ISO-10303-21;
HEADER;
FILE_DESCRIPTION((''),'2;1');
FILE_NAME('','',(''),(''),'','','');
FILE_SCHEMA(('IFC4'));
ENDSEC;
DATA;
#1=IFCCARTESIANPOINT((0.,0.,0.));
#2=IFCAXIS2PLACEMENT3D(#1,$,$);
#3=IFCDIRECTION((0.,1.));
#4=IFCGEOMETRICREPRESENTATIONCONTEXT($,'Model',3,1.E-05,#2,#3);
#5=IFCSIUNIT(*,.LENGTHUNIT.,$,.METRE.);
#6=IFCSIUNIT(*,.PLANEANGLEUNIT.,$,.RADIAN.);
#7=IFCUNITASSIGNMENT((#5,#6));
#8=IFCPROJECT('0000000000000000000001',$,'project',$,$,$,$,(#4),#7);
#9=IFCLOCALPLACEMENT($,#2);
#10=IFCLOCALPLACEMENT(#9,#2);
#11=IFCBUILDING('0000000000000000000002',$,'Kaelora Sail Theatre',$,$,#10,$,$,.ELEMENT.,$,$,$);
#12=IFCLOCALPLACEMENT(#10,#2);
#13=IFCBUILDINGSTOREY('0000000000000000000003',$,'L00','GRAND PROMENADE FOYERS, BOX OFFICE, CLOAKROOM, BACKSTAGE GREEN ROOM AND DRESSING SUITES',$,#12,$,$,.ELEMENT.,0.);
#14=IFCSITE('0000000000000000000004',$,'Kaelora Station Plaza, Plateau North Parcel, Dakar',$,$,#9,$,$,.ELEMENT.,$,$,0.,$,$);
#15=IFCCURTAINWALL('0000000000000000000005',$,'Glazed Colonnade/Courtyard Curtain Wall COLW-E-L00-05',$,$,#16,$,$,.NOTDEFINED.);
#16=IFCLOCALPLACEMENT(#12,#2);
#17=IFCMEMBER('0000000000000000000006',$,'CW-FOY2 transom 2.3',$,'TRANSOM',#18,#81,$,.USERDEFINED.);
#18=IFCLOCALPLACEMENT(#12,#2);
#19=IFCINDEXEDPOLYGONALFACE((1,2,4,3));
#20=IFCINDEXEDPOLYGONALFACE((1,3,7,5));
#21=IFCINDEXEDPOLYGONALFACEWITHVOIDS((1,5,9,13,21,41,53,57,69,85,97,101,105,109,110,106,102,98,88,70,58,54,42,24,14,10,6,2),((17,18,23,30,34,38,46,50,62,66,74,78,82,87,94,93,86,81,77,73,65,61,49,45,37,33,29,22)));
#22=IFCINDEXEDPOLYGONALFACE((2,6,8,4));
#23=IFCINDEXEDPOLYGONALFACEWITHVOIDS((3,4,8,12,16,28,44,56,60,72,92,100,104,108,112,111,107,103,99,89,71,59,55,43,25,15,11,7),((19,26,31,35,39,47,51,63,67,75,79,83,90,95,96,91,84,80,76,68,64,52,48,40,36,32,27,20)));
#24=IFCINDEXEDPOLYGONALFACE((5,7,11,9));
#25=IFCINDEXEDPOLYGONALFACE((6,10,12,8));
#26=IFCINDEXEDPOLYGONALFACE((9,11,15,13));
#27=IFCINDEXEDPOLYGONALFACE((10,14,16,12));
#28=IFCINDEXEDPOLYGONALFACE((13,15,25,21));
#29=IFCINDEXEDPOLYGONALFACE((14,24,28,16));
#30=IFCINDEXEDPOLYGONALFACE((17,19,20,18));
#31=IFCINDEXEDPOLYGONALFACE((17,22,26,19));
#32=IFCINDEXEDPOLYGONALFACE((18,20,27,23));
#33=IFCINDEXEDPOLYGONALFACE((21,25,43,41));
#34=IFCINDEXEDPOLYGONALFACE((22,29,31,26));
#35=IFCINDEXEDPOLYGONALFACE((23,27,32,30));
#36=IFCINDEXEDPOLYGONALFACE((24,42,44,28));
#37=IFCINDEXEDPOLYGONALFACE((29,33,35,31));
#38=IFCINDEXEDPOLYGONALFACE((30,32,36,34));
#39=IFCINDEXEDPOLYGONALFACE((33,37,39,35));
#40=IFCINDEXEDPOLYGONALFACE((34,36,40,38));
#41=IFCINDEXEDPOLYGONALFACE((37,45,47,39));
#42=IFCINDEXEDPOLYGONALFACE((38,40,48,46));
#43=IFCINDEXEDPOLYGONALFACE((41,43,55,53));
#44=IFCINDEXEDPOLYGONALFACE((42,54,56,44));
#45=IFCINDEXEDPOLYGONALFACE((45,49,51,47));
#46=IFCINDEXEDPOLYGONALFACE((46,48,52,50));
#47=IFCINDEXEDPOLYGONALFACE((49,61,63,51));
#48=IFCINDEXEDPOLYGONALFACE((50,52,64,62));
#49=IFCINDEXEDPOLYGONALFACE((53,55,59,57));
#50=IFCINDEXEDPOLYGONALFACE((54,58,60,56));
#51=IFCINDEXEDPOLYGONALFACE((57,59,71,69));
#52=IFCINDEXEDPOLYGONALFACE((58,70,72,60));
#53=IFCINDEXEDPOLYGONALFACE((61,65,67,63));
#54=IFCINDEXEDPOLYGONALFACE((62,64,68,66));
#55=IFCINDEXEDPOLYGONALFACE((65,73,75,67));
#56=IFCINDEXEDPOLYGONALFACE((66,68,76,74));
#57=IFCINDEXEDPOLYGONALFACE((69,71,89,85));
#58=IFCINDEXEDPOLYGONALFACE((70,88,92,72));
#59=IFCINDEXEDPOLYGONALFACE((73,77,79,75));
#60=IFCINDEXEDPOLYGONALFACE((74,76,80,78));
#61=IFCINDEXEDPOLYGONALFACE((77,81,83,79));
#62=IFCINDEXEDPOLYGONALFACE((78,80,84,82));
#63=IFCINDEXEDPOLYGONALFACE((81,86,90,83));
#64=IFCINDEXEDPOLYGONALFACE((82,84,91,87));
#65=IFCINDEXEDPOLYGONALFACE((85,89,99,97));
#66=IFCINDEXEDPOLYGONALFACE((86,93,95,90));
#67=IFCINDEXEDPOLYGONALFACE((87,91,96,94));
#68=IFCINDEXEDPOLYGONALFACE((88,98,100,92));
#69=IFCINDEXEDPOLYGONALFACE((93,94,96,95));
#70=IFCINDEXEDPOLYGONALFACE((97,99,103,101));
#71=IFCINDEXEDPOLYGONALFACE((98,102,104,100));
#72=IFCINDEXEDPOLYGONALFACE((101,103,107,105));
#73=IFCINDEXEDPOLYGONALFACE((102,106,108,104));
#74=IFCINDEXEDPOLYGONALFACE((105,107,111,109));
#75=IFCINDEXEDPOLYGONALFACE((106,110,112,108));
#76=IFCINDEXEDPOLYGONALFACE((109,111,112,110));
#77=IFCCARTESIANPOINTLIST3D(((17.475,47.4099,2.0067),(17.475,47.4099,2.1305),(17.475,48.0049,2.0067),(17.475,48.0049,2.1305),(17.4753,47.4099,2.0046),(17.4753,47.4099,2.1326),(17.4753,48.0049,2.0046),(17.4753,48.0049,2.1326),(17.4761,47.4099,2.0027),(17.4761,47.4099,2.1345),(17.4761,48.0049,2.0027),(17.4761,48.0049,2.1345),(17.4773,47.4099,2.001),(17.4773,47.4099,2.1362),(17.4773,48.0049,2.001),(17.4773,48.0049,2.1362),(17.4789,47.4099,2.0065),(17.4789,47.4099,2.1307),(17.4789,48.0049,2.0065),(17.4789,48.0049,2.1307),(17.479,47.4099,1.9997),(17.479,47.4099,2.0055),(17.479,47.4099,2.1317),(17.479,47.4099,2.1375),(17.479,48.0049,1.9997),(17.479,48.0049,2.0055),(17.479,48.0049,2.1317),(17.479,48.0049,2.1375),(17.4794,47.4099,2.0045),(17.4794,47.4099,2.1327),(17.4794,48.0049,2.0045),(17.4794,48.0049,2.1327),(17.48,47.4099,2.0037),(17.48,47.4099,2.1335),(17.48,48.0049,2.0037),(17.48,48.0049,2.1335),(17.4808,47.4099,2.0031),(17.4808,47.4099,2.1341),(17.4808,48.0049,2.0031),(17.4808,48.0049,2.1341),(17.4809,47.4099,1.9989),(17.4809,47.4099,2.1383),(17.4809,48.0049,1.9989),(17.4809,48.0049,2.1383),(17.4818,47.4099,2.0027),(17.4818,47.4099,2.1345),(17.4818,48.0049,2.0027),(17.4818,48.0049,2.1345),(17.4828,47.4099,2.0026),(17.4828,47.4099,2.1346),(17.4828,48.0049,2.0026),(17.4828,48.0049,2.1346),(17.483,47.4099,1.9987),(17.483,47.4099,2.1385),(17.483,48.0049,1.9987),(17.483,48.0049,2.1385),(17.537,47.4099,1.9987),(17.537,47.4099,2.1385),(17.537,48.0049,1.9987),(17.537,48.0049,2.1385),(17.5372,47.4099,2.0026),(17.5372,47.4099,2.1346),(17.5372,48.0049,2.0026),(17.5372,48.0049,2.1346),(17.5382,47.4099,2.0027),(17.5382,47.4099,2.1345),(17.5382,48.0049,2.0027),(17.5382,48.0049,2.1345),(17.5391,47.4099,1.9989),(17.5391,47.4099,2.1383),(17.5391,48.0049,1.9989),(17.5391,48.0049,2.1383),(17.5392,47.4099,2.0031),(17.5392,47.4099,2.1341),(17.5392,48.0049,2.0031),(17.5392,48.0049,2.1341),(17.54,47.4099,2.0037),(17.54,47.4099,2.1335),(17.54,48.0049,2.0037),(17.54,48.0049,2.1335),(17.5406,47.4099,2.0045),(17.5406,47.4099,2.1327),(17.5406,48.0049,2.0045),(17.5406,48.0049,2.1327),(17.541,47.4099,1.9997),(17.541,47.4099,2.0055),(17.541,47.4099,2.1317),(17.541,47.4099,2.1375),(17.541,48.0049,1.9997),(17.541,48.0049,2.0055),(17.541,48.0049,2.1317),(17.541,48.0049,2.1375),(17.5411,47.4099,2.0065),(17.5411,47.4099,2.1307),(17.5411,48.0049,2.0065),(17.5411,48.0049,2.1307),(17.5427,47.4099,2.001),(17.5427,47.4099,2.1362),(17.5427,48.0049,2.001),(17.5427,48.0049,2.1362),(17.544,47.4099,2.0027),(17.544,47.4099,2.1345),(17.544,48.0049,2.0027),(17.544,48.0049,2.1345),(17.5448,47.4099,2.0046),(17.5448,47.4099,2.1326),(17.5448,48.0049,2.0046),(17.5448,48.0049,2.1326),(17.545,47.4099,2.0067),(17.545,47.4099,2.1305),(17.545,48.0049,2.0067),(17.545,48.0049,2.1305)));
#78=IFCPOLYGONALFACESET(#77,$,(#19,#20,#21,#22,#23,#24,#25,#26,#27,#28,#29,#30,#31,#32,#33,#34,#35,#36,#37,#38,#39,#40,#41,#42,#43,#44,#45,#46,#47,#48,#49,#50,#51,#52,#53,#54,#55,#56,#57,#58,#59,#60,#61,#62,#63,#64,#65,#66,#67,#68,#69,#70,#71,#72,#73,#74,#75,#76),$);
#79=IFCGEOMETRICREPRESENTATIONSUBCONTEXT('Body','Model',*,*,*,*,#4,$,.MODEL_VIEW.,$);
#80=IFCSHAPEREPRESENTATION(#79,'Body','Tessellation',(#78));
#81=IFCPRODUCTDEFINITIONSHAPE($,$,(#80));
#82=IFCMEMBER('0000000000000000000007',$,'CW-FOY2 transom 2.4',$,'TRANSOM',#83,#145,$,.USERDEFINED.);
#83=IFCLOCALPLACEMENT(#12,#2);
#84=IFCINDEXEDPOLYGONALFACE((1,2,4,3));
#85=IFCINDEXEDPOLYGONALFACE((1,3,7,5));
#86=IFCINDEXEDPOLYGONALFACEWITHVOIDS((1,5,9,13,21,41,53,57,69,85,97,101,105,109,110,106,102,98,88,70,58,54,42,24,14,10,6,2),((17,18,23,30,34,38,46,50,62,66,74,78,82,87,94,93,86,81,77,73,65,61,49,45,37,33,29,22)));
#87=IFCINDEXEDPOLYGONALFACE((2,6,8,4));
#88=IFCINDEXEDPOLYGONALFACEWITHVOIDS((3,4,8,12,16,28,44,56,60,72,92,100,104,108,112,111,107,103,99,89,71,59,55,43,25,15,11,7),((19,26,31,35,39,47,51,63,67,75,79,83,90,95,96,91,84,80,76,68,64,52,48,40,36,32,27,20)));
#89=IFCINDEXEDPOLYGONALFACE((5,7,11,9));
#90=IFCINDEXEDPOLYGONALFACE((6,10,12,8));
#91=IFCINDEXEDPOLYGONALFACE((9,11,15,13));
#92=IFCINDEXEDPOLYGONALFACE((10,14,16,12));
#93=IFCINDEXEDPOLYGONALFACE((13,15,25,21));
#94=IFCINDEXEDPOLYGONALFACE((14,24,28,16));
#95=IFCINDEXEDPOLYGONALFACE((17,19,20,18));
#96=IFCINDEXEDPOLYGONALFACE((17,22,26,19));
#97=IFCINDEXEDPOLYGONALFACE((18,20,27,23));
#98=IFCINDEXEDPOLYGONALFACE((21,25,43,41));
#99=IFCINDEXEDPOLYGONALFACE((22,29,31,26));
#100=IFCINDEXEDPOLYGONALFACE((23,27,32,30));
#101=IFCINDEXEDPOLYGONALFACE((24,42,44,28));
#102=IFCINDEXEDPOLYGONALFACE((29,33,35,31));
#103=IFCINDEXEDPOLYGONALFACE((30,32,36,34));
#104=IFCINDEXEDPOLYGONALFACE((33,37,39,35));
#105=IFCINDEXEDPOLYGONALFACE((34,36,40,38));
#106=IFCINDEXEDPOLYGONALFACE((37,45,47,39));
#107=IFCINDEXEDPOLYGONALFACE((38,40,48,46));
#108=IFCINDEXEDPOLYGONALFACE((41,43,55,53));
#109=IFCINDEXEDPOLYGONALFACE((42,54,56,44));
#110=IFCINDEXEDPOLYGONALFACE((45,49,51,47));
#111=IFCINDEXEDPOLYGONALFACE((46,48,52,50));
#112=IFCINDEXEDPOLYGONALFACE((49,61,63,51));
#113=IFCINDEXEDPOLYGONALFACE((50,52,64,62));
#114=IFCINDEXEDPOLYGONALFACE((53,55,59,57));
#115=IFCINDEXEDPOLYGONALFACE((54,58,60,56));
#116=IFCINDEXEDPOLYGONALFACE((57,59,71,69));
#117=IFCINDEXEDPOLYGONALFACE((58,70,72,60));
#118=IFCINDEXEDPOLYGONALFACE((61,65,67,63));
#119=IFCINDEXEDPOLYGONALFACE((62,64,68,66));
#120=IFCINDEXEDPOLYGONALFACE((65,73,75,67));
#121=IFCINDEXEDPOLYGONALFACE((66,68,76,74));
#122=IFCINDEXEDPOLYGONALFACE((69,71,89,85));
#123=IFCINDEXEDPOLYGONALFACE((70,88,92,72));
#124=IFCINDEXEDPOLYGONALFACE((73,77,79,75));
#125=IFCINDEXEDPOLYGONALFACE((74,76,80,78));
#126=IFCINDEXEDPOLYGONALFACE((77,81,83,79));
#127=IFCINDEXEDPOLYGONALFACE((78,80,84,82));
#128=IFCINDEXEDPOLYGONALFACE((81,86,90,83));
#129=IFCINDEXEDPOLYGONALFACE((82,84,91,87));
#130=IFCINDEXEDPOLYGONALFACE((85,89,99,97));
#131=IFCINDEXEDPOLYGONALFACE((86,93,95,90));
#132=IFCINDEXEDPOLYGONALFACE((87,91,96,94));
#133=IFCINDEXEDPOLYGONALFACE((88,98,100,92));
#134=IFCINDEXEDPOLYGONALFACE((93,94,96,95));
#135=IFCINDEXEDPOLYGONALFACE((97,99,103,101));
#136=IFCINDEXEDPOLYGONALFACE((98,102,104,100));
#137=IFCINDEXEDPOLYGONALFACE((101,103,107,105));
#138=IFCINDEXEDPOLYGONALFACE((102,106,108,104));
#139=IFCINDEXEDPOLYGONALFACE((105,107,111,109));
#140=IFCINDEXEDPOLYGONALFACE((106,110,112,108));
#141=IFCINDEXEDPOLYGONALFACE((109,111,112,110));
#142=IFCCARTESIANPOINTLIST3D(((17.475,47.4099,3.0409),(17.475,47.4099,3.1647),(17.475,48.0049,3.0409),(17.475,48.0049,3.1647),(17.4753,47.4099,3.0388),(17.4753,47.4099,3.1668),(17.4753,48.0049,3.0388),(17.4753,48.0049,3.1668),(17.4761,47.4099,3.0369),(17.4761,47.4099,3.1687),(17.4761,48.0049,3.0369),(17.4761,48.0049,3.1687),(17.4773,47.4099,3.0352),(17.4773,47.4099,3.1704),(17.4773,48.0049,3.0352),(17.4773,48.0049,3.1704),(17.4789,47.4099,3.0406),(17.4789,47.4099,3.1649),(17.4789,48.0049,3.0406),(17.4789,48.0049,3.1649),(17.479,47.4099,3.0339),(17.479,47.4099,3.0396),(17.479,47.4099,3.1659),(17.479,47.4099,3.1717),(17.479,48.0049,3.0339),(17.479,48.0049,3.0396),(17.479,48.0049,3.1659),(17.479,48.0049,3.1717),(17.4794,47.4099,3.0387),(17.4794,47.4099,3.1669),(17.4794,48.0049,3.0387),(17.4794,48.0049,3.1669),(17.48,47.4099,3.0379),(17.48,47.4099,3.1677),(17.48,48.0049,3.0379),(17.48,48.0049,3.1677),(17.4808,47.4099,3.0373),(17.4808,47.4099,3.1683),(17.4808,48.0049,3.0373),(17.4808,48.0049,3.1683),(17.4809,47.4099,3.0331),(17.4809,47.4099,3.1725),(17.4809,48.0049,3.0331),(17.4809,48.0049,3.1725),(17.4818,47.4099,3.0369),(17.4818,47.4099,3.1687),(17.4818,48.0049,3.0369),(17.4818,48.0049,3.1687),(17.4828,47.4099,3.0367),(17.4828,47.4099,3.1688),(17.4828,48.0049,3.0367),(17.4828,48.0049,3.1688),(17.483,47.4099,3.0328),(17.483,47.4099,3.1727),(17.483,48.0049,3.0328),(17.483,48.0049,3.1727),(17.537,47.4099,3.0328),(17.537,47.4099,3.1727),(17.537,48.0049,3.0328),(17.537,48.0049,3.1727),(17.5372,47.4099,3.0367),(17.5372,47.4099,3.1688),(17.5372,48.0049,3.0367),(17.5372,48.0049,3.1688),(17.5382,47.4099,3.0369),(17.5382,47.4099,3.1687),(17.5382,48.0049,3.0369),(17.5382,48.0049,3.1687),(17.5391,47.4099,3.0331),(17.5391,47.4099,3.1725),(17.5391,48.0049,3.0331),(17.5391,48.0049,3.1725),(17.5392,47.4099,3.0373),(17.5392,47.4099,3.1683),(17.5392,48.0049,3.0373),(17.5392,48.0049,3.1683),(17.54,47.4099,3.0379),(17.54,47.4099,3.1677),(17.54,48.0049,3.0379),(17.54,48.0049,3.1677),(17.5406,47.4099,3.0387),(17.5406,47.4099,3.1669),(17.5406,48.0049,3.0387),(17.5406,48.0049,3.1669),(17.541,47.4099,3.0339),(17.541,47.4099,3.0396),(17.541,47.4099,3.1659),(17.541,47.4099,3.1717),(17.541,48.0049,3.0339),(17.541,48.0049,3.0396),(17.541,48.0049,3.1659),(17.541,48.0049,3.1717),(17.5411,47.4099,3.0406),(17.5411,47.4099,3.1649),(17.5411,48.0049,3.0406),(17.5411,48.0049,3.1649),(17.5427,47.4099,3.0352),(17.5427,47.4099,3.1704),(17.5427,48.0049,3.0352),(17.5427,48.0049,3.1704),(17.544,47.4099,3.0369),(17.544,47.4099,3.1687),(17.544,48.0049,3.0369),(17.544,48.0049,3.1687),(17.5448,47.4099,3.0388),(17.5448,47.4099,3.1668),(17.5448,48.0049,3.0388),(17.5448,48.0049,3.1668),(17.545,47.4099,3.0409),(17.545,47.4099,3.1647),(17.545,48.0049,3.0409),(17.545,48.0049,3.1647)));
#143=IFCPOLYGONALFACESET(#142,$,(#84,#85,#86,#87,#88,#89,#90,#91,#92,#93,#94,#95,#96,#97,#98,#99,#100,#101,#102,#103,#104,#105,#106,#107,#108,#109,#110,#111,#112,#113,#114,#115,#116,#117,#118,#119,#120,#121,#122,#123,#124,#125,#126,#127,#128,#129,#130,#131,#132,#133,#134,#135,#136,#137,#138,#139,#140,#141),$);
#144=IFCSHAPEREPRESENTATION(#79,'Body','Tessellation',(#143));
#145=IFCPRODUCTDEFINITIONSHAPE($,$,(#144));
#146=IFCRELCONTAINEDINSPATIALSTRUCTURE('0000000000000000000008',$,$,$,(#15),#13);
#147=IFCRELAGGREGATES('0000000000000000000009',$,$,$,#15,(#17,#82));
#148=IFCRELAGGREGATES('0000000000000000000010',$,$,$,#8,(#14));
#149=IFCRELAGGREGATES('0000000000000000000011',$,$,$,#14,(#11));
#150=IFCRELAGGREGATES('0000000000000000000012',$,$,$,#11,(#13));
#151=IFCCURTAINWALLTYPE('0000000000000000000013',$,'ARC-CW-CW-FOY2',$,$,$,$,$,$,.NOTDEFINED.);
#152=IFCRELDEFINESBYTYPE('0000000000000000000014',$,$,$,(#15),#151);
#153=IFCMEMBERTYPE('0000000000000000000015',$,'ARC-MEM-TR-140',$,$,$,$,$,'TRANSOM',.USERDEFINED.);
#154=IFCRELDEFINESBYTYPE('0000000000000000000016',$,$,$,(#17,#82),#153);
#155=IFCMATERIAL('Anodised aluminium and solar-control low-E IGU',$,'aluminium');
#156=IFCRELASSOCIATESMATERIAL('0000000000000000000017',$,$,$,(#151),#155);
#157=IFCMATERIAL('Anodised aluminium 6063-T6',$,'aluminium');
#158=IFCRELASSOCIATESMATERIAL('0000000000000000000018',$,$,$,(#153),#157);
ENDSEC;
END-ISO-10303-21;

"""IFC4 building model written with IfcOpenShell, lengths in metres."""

from ifc_helpers import new_model, si_unit, direction, frame, origin, origin_2d, place, context, subcontext, project, spatial, hollow_rectangle, extrude, material, material_profile, profile_set, type_object, element, aggregate, save


model = new_model("IFC4")

# Units and contexts
model_context = context("Model", 3, precision=1e-05, world=origin(), true_north=direction((0.0, 1.0)))
body_context = subcontext(model_context, "Body", "Model", "MODEL_VIEW")
ifc_project = project(units=[si_unit("LENGTHUNIT", "METRE"), si_unit("PLANEANGLEUNIT", "RADIAN")], contexts=[model_context])

# Site, building, storey
site_placement = place(None, origin())
site = spatial("IfcSite", under=ifc_project, at=site_placement, Name="Kaelora Station Plaza, Plateau North Parcel, Dakar", CompositionType="ELEMENT", RefElevation=0.0)
building_placement = place(site_placement, origin())
building = spatial("IfcBuilding", under=site, at=building_placement, Name="Kaelora Sail Theatre", CompositionType="ELEMENT")
storey_placement = place(building_placement, origin())
storey = spatial("IfcBuildingStorey", under=building, at=storey_placement, Name="L00", Description="GRAND PROMENADE FOYERS, BOX OFFICE, CLOAKROOM, BACKSTAGE GREEN ROOM AND DRESSING SUITES", CompositionType="ELEMENT", Elevation=0.0)

# Curtain wall, members
ifc_material_1 = material(Name="Anodised aluminium and solar-control low-E IGU", Category="aluminium")
curtain_wall_type = type_object("IfcCurtainWallType", Name="ARC-CW-CW-FOY2", PredefinedType="NOTDEFINED", material=ifc_material_1)
curtain_wall_placement = place(storey_placement, origin())
curtain_wall = element("IfcCurtainWall", 1, at=curtain_wall_placement, inside=storey, type_object=curtain_wall_type, Name="Glazed Colonnade/Courtyard Curtain Wall COLW-E-L00-05", PredefinedType="NOTDEFINED")
ifc_material_2 = material(Name="Anodised aluminium 6063-T6", Category="aluminium")
ifc_material_profile_1 = material_profile(ifc_material_2, hollow_rectangle(XDim=0.0701, YDim=0.1399, WallThickness=0.0039, InnerFilletRadius=0.0039, OuterFilletRadius=0.0081, at=origin_2d()), Name="ALU-TRAN 70x140x4")
ifc_profile_set_1 = profile_set([ifc_material_profile_1], Name="Anodised aluminium 6063-T6")
member_type_1 = type_object("IfcMemberType", Name="ARC-MEM-TR-140", ElementType="TRANSOM", PredefinedType="USERDEFINED", material=ifc_profile_set_1)
member_1_placement = place(storey_placement, frame((17.51, 47.4099, 2.0686), z_axis=(0.0, 1.0, 0.0), x_axis=(-1.0, 0.0, 0.0)))
member_1 = element("IfcMember", 2, at=member_1_placement, type_object=member_type_1, Name="CW-FOY2 transom 2.3", ObjectType="TRANSOM", PredefinedType="USERDEFINED", context=body_context, shape_type="SweptSolid", body=[
    extrude(hollow_rectangle(XDim=0.0701, YDim=0.1399, WallThickness=0.0039, InnerFilletRadius=0.0039, OuterFilletRadius=0.0081, at=origin_2d()), origin(), (0.0, 0.0, 1.0), 0.595),
])
member_2_placement = place(storey_placement, frame((17.51, 47.4099, 3.1028), z_axis=(0.0, 1.0, 0.0), x_axis=(-1.0, 0.0, 0.0)))
member_2 = element("IfcMember", 3, at=member_2_placement, type_object=member_type_1, Name="CW-FOY2 transom 2.4", ObjectType="TRANSOM", PredefinedType="USERDEFINED", context=body_context, shape_type="SweptSolid", body=[
    extrude(hollow_rectangle(XDim=0.0701, YDim=0.1399, WallThickness=0.0039, InnerFilletRadius=0.0039, OuterFilletRadius=0.0081, at=origin_2d()), origin(), (0.0, 0.0, 1.0), 0.595),
])
aggregate(curtain_wall, [member_1, member_2])

save(model, "model.ifc")
